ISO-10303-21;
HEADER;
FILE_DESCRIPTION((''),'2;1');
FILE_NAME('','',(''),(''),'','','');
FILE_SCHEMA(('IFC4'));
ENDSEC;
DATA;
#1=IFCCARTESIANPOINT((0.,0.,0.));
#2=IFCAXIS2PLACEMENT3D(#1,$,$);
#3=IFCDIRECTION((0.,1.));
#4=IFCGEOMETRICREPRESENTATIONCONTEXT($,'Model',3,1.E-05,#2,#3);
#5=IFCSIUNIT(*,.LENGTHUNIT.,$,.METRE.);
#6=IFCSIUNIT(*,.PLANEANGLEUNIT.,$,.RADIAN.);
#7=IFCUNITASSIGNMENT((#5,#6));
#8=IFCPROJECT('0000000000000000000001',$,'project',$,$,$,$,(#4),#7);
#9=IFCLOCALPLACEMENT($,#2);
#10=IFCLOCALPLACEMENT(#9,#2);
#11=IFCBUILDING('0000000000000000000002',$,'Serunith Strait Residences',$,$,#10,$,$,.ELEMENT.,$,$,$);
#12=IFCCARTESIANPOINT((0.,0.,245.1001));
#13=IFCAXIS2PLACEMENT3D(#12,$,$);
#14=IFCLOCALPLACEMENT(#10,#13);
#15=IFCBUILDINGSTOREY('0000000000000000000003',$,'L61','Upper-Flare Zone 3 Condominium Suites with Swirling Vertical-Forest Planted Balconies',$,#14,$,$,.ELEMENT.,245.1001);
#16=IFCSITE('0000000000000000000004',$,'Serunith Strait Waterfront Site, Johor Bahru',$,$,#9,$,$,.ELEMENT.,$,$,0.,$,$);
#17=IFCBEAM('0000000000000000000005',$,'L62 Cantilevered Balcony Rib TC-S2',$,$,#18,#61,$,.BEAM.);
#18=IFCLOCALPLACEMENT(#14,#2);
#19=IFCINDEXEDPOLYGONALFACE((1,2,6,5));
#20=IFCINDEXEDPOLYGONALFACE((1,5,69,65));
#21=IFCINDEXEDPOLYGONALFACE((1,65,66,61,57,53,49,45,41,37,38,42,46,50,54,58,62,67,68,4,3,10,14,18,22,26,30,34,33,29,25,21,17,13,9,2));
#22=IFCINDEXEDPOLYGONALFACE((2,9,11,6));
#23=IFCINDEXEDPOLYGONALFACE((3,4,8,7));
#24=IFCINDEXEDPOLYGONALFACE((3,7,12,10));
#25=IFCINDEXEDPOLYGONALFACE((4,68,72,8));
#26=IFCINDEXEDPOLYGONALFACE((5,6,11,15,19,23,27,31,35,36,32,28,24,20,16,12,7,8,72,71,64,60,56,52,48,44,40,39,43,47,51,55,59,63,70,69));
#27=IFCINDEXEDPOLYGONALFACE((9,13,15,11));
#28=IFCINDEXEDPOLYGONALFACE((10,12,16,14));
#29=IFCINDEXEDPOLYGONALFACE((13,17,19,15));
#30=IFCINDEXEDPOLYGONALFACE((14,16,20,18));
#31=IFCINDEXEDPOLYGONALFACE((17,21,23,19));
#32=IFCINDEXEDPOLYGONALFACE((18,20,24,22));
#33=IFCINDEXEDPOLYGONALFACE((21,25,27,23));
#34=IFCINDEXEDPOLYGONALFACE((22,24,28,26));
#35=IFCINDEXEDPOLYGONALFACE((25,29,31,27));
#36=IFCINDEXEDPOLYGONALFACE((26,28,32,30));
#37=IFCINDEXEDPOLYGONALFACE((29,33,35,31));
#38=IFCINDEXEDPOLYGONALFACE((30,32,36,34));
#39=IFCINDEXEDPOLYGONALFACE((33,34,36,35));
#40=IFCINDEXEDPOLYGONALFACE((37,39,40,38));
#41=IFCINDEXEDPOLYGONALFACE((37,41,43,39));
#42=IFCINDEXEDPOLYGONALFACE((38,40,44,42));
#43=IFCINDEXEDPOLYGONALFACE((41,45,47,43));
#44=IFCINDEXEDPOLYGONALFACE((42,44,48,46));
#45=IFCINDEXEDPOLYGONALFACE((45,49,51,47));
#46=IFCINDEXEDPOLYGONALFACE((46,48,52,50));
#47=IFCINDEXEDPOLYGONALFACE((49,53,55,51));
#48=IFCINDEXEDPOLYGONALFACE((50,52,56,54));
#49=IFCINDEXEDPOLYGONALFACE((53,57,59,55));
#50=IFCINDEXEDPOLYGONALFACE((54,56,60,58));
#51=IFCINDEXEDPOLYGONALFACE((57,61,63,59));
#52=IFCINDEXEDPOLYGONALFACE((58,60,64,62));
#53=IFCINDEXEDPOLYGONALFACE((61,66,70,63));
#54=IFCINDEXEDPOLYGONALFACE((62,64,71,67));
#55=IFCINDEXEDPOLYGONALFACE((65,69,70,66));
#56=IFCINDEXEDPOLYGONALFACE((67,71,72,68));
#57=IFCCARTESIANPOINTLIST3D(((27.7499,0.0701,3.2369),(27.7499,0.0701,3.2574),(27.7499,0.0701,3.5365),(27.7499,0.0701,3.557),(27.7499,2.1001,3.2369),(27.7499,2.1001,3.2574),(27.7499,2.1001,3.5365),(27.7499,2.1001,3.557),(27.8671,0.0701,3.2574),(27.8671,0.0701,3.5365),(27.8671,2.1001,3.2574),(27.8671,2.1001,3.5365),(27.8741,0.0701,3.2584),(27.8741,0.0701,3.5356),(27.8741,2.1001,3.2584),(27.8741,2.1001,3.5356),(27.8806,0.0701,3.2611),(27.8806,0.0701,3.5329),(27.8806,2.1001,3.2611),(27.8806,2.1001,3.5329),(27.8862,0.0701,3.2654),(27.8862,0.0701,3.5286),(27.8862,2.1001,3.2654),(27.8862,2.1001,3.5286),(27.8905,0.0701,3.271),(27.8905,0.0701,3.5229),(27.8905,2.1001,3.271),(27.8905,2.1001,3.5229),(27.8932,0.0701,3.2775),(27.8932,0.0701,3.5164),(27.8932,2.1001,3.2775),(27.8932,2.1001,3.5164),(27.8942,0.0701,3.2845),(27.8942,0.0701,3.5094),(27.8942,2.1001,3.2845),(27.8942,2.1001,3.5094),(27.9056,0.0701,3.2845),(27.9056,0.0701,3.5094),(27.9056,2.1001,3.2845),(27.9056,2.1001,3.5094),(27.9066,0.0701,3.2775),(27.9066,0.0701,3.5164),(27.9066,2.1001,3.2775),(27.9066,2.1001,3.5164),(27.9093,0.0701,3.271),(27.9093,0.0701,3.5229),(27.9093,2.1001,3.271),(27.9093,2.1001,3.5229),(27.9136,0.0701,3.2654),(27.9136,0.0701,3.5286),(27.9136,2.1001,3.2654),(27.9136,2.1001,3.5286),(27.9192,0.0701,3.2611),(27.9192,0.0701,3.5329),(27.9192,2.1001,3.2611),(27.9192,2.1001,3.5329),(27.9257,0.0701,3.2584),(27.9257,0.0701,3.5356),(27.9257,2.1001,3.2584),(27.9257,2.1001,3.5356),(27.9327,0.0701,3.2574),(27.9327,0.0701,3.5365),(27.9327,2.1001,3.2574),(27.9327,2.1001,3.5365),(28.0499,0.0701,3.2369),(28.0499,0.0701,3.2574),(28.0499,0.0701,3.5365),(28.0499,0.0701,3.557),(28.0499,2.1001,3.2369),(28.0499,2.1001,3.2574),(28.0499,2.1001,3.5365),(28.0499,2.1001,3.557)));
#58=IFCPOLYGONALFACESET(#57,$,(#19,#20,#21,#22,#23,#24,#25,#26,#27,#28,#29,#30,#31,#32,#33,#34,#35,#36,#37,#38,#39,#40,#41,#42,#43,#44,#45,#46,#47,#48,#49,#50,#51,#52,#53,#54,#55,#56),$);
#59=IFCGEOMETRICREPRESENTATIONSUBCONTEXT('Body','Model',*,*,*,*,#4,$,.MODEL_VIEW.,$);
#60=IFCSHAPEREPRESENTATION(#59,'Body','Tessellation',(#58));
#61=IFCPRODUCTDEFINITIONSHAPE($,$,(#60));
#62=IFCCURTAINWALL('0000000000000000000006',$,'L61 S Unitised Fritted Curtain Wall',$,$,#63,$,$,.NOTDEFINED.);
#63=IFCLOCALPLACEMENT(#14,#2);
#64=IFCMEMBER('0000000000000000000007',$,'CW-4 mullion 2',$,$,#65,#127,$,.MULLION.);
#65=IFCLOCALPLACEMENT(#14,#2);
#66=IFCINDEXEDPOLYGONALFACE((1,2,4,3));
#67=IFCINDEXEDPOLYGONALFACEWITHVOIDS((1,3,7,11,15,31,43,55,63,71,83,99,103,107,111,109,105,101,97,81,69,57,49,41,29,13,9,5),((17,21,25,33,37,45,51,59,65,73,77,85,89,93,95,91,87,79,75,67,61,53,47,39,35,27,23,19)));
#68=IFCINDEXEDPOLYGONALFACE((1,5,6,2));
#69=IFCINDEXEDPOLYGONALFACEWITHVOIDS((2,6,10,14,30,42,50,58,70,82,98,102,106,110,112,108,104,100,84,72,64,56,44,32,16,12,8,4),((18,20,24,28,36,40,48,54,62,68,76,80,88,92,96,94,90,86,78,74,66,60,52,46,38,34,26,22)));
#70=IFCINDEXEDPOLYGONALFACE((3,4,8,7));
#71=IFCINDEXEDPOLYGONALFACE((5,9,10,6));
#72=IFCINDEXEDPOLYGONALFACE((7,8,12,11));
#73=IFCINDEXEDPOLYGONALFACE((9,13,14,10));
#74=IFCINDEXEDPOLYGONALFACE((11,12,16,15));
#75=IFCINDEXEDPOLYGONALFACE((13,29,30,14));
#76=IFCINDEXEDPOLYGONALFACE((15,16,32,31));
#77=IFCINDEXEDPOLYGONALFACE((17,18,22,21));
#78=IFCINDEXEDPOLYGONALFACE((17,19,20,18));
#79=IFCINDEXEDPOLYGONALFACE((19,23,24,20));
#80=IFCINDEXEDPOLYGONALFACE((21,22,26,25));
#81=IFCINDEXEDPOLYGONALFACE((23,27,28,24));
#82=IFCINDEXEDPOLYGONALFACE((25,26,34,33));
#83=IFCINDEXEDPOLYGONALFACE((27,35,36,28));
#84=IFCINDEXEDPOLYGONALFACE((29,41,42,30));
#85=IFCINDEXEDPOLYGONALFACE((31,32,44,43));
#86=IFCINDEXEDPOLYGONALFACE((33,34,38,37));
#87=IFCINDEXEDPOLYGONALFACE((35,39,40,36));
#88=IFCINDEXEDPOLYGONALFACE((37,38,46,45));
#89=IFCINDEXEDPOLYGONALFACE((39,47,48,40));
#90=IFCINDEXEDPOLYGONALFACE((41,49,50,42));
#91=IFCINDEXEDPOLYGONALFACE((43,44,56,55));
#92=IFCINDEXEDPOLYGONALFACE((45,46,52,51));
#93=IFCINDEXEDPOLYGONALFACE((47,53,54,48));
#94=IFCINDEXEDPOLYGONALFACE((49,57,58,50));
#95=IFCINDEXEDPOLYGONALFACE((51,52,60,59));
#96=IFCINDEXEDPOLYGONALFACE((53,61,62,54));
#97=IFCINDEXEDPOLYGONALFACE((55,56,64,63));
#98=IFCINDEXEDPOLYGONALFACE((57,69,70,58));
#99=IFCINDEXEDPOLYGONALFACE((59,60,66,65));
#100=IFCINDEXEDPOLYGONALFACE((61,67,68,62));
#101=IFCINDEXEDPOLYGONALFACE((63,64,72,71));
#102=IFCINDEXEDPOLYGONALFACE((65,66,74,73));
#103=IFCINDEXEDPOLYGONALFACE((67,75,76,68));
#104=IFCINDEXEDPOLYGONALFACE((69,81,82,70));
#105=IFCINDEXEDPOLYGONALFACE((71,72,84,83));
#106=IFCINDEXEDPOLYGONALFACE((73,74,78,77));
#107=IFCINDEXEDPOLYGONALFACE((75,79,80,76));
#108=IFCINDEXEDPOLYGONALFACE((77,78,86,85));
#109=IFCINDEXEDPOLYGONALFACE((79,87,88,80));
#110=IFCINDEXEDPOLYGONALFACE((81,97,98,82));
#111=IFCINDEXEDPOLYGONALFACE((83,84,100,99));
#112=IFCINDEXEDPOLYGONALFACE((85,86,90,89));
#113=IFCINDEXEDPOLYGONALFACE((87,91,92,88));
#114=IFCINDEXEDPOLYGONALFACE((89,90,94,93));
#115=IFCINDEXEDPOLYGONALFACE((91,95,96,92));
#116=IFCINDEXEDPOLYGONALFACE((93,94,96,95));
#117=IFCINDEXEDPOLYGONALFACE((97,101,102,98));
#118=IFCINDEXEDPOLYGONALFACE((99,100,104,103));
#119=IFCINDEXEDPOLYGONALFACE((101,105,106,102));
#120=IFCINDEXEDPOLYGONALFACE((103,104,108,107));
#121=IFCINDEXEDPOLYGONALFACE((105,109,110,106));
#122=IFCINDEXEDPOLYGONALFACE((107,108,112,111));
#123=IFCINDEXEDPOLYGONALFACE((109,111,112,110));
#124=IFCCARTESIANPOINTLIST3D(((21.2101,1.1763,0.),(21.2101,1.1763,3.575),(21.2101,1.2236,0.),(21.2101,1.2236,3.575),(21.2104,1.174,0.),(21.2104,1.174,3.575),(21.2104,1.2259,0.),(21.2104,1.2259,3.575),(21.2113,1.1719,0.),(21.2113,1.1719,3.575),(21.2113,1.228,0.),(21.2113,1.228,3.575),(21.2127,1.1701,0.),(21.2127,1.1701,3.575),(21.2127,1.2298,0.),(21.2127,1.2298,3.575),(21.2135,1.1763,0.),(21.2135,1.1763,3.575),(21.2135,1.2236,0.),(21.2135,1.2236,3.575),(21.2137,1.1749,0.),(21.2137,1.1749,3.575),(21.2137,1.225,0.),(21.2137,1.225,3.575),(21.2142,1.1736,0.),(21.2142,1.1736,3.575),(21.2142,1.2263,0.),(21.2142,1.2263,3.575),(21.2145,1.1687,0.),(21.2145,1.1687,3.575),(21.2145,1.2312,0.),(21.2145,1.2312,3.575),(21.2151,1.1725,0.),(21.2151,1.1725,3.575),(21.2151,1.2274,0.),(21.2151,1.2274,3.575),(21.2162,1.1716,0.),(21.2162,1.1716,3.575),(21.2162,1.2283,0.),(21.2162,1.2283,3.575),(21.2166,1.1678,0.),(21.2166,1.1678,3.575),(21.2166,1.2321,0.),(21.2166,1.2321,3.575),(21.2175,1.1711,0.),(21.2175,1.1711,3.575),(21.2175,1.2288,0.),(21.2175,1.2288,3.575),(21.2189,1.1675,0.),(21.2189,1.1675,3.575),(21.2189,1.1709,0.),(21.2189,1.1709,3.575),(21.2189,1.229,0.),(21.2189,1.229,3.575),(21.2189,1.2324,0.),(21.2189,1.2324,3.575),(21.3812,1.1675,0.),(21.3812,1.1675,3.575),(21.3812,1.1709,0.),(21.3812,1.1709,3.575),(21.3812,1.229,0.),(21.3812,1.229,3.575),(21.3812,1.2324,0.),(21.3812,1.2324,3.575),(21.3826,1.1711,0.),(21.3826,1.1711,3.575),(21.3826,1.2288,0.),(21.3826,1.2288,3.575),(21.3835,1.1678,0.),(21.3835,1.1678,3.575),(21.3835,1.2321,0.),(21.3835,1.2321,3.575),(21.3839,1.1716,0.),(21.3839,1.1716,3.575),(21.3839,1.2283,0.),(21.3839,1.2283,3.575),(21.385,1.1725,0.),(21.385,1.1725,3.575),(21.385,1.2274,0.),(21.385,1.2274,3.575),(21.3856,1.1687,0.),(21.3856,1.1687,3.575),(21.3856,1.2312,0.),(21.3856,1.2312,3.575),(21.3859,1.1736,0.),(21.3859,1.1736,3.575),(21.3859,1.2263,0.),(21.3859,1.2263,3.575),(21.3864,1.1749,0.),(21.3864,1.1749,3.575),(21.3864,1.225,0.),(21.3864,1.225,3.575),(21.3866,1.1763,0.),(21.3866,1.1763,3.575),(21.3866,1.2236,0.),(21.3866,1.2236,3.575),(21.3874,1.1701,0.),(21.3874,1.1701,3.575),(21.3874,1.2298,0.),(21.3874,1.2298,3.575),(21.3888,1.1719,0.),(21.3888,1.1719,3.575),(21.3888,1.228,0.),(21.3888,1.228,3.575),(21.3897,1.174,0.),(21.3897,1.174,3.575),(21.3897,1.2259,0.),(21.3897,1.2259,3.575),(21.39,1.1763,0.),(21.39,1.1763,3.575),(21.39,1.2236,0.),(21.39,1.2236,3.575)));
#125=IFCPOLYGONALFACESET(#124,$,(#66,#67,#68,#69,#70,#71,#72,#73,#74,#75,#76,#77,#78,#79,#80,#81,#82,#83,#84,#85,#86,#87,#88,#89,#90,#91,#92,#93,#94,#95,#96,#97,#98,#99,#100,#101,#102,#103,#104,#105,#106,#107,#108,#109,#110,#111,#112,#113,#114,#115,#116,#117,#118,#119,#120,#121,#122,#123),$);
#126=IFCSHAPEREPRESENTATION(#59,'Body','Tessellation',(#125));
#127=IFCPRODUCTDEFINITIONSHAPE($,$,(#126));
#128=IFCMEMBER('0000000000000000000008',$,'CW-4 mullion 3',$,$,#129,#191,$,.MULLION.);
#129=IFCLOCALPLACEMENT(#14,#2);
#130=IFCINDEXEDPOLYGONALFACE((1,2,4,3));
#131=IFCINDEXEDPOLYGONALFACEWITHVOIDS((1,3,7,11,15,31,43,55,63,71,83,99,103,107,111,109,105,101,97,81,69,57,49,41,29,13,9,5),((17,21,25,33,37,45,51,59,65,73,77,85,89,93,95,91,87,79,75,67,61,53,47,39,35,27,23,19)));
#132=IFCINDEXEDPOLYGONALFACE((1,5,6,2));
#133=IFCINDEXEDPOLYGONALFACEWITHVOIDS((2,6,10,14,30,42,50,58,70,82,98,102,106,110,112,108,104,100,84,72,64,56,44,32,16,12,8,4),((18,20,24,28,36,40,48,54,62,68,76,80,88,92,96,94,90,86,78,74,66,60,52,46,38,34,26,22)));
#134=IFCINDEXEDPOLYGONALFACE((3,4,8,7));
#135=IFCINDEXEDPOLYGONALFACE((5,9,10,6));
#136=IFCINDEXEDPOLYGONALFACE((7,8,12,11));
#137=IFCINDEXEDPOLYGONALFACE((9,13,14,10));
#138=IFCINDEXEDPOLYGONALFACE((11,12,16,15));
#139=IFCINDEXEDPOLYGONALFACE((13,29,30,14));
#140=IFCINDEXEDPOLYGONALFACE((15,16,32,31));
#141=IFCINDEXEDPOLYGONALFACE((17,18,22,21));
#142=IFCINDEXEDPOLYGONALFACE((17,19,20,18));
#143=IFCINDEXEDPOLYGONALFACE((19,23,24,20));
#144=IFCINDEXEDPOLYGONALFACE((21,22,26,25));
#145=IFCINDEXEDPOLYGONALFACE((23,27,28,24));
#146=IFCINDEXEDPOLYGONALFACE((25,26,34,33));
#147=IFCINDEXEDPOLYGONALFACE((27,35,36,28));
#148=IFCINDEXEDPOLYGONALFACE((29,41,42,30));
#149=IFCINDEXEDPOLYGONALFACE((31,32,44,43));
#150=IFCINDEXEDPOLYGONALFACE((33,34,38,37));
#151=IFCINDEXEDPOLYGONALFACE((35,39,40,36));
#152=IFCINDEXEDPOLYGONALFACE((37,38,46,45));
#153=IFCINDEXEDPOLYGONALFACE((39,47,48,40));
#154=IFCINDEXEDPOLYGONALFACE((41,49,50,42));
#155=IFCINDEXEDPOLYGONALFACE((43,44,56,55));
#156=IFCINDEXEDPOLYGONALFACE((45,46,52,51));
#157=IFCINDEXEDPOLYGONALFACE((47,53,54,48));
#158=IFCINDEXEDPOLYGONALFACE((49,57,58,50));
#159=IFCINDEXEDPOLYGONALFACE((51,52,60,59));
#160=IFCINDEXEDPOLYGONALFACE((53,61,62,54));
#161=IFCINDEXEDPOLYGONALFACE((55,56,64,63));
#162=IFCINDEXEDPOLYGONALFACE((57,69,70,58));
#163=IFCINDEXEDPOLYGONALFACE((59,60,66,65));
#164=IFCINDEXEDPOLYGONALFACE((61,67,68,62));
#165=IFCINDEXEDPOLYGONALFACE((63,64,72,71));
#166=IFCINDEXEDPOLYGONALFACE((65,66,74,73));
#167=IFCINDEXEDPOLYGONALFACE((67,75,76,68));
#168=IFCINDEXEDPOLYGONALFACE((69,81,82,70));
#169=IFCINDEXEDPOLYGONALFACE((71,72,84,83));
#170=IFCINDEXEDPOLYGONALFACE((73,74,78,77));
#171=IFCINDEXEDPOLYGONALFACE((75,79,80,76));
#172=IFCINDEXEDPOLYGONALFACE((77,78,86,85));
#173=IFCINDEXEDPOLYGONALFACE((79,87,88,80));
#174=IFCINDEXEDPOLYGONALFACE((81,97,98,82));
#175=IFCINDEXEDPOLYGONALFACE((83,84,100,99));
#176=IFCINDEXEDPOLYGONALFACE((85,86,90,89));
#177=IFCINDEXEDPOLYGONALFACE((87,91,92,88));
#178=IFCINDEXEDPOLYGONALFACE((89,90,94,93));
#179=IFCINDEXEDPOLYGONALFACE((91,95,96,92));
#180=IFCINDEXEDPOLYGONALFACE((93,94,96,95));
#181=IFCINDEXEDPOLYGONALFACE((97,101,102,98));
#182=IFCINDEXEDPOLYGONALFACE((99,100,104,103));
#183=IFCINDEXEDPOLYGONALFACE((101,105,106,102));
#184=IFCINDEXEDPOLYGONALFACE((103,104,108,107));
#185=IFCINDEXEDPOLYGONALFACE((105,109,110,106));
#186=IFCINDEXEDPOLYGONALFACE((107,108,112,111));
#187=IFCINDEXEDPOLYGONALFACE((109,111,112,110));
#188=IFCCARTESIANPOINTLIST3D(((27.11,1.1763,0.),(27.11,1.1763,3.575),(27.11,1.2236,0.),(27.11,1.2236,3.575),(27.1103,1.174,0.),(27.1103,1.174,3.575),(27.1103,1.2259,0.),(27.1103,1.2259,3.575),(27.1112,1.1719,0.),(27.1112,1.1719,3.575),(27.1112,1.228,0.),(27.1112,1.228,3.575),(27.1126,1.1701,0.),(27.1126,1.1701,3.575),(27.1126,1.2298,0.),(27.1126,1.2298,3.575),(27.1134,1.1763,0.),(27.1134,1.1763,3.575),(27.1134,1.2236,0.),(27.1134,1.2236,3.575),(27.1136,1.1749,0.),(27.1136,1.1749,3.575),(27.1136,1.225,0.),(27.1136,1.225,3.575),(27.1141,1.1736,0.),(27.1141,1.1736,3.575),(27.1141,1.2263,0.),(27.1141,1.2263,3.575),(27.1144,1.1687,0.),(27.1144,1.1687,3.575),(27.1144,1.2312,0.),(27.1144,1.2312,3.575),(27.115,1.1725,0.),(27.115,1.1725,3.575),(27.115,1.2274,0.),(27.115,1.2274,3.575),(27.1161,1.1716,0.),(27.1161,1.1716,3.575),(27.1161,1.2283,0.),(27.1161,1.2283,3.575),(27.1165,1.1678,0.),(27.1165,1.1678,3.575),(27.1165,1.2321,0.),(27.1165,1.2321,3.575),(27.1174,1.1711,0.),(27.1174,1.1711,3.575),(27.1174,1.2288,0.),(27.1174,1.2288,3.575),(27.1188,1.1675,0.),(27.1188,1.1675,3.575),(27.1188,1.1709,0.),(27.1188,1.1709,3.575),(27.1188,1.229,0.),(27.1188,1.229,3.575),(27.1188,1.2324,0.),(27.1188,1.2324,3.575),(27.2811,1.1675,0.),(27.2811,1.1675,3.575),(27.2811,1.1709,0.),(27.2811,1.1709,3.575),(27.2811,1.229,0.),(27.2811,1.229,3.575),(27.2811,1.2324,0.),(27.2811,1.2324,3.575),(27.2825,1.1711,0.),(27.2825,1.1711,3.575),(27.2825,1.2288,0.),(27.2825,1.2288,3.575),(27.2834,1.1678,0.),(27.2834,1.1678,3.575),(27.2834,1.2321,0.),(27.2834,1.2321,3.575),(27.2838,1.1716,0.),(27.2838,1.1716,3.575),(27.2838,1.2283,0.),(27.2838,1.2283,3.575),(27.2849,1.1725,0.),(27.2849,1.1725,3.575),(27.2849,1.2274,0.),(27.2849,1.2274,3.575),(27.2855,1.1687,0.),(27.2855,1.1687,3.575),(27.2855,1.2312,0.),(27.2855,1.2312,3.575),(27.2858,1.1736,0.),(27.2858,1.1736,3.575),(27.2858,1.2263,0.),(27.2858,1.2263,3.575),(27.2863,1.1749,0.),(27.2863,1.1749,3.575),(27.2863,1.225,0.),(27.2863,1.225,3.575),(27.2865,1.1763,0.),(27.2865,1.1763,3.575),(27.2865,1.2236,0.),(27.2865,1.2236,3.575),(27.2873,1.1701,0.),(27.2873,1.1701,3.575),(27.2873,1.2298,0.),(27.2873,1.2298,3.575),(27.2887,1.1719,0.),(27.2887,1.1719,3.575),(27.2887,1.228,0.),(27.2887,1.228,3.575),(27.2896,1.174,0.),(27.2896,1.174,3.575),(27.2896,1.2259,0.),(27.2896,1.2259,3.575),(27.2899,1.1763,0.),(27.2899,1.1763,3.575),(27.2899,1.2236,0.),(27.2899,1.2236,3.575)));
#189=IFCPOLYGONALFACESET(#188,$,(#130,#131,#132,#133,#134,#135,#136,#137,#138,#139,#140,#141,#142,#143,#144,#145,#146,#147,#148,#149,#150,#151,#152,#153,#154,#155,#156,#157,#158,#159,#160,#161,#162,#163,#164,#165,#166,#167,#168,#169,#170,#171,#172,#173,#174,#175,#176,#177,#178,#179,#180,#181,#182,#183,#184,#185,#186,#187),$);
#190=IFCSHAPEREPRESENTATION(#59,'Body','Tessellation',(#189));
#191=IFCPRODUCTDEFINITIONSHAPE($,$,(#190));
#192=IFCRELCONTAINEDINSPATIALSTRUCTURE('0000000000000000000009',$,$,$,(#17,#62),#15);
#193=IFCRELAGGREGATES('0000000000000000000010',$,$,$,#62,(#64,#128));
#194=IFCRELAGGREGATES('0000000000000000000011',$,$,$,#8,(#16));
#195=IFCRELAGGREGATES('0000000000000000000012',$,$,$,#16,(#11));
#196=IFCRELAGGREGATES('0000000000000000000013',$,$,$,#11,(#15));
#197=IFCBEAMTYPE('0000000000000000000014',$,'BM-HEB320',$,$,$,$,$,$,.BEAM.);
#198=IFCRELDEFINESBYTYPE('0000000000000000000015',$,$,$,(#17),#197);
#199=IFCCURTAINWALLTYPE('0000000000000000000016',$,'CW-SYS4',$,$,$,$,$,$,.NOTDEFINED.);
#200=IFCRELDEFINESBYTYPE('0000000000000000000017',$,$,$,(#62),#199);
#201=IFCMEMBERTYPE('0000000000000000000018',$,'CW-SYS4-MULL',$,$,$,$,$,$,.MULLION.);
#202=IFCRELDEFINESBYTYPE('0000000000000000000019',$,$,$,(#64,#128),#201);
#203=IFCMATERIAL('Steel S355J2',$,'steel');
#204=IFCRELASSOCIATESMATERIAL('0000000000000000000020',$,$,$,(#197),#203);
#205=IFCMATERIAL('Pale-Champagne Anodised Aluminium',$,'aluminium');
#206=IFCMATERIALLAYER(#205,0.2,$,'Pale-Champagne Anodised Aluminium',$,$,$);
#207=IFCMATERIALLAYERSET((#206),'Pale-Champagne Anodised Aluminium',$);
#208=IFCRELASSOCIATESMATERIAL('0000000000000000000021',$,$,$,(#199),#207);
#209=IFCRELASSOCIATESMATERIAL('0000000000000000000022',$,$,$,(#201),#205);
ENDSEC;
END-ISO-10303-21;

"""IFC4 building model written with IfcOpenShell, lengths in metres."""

from ifc_helpers import new_model, si_unit, direction, frame, origin, origin_2d, place, context, subcontext, project, spatial, hollow_rectangle, i_section, extrude, source, transform, mapped, material, layer, layer_set, material_profile, profile_set, type_object, element, aggregate, save


model = new_model("IFC4")

# Units and contexts
model_context = context("Model", 3, precision=1e-05, world=origin(), true_north=direction((0.0, 1.0)))
body_context = subcontext(model_context, "Body", "Model", "MODEL_VIEW")
ifc_project = project(units=[si_unit("LENGTHUNIT", "METRE"), si_unit("PLANEANGLEUNIT", "RADIAN")], contexts=[model_context])

# Site, building, storey
site_placement = place(None, origin())
site = spatial("IfcSite", under=ifc_project, at=site_placement, Name="Serunith Strait Waterfront Site, Johor Bahru", CompositionType="ELEMENT", RefElevation=0.0)
building_placement = place(site_placement, origin())
building = spatial("IfcBuilding", under=site, at=building_placement, Name="Serunith Strait Residences", CompositionType="ELEMENT")
storey_placement = place(building_placement, frame((0.0, 0.0, 245.1001)))
storey = spatial("IfcBuildingStorey", under=building, at=storey_placement, Name="L61", Description="Upper-Flare Zone 3 Condominium Suites with Swirling Vertical-Forest Planted Balconies", CompositionType="ELEMENT", Elevation=245.1001)

# Beam
ifc_material_1 = material(Name="Steel S355J2", Category="steel")
ifc_material_profile_1 = material_profile(ifc_material_1, i_section(OverallWidth=0.3, OverallDepth=0.3201, WebThickness=0.0115, FlangeThickness=0.0205, FilletRadius=0.0271, at=origin_2d()), Name="HEB 320")
ifc_profile_set_1 = profile_set([ifc_material_profile_1], Name="Steel S355J2")
beam_type_1 = type_object("IfcBeamType", Name="BM-HEB320", PredefinedType="BEAM", material=ifc_profile_set_1)
shared_shape_1 = source(origin(), body_context, "Body", "SweptSolid", [
    extrude(i_section(OverallWidth=0.3, OverallDepth=0.3201, WebThickness=0.0115, FlangeThickness=0.0205, FilletRadius=0.0271, at=origin_2d()), origin(), (0.0, 0.0, 1.0), 2.03),
])
beam_1_placement = place(storey_placement, frame((27.8999, 2.1001, 3.397), z_axis=(0.0, -1.0, 0.0), x_axis=(1.0, 0.0, 0.0)))
element("IfcBeam", 1, at=beam_1_placement, inside=storey, type_object=beam_type_1, Name="L62 Cantilevered Balcony Rib TC-S2", PredefinedType="BEAM", context=body_context, shape_type="MappedRepresentation", body=[
    mapped(shared_shape_1, transform((0.0, 0.0, 0.0), scale=1.0)),
])

# Curtain wall, members
ifc_material_2 = material(Name="Pale-Champagne Anodised Aluminium", Category="aluminium")
ifc_layer_1 = layer(ifc_material_2, 0.2, Name="Pale-Champagne Anodised Aluminium")
ifc_layer_set_1 = layer_set([ifc_layer_1], Name="Pale-Champagne Anodised Aluminium")
curtain_wall_type = type_object("IfcCurtainWallType", Name="CW-SYS4", PredefinedType="NOTDEFINED", material=ifc_layer_set_1)
curtain_wall_placement = place(storey_placement, origin())
curtain_wall = element("IfcCurtainWall", 2, at=curtain_wall_placement, inside=storey, type_object=curtain_wall_type, Name="L61 S Unitised Fritted Curtain Wall", PredefinedType="NOTDEFINED")
ifc_material_profile_2 = material_profile(ifc_material_2, hollow_rectangle(XDim=0.0649, YDim=0.1799, WallThickness=0.0034, InnerFilletRadius=0.0054, OuterFilletRadius=0.0088, at=origin_2d()), Name="ALU 180x65x3.5")
ifc_profile_set_2 = profile_set([ifc_material_profile_2], Name="Pale-Champagne Anodised Aluminium")
member_type_1 = type_object("IfcMemberType", Name="CW-SYS4-MULL", PredefinedType="MULLION", material=ifc_profile_set_2)
shared_shape_2 = source(origin(), body_context, "Body", "SweptSolid", [
    extrude(hollow_rectangle(XDim=0.0649, YDim=0.1799, WallThickness=0.0034, InnerFilletRadius=0.0054, OuterFilletRadius=0.0088, at=origin_2d()), origin(), (0.0, 0.0, 1.0), 3.575),
])
member_1_placement = place(storey_placement, frame((21.3, 1.2, 0.0), z_axis=(0.0, 0.0, 1.0), x_axis=(0.0, 1.0, 0.0)))
member_1 = element("IfcMember", 3, at=member_1_placement, type_object=member_type_1, Name="CW-4 mullion 2", PredefinedType="MULLION", context=body_context, shape_type="MappedRepresentation", body=[
    mapped(shared_shape_2, transform((0.0, 0.0, 0.0), scale=1.0)),
])
member_2_placement = place(storey_placement, frame((27.2, 1.2, 0.0), z_axis=(0.0, 0.0, 1.0), x_axis=(0.0, 1.0, 0.0)))
member_2 = element("IfcMember", 4, at=member_2_placement, type_object=member_type_1, Name="CW-4 mullion 3", PredefinedType="MULLION", context=body_context, shape_type="MappedRepresentation", body=[
    mapped(shared_shape_2, transform((0.0, 0.0, 0.0), scale=1.0)),
])
aggregate(curtain_wall, [member_1, member_2])

save(model, "model.ifc")
